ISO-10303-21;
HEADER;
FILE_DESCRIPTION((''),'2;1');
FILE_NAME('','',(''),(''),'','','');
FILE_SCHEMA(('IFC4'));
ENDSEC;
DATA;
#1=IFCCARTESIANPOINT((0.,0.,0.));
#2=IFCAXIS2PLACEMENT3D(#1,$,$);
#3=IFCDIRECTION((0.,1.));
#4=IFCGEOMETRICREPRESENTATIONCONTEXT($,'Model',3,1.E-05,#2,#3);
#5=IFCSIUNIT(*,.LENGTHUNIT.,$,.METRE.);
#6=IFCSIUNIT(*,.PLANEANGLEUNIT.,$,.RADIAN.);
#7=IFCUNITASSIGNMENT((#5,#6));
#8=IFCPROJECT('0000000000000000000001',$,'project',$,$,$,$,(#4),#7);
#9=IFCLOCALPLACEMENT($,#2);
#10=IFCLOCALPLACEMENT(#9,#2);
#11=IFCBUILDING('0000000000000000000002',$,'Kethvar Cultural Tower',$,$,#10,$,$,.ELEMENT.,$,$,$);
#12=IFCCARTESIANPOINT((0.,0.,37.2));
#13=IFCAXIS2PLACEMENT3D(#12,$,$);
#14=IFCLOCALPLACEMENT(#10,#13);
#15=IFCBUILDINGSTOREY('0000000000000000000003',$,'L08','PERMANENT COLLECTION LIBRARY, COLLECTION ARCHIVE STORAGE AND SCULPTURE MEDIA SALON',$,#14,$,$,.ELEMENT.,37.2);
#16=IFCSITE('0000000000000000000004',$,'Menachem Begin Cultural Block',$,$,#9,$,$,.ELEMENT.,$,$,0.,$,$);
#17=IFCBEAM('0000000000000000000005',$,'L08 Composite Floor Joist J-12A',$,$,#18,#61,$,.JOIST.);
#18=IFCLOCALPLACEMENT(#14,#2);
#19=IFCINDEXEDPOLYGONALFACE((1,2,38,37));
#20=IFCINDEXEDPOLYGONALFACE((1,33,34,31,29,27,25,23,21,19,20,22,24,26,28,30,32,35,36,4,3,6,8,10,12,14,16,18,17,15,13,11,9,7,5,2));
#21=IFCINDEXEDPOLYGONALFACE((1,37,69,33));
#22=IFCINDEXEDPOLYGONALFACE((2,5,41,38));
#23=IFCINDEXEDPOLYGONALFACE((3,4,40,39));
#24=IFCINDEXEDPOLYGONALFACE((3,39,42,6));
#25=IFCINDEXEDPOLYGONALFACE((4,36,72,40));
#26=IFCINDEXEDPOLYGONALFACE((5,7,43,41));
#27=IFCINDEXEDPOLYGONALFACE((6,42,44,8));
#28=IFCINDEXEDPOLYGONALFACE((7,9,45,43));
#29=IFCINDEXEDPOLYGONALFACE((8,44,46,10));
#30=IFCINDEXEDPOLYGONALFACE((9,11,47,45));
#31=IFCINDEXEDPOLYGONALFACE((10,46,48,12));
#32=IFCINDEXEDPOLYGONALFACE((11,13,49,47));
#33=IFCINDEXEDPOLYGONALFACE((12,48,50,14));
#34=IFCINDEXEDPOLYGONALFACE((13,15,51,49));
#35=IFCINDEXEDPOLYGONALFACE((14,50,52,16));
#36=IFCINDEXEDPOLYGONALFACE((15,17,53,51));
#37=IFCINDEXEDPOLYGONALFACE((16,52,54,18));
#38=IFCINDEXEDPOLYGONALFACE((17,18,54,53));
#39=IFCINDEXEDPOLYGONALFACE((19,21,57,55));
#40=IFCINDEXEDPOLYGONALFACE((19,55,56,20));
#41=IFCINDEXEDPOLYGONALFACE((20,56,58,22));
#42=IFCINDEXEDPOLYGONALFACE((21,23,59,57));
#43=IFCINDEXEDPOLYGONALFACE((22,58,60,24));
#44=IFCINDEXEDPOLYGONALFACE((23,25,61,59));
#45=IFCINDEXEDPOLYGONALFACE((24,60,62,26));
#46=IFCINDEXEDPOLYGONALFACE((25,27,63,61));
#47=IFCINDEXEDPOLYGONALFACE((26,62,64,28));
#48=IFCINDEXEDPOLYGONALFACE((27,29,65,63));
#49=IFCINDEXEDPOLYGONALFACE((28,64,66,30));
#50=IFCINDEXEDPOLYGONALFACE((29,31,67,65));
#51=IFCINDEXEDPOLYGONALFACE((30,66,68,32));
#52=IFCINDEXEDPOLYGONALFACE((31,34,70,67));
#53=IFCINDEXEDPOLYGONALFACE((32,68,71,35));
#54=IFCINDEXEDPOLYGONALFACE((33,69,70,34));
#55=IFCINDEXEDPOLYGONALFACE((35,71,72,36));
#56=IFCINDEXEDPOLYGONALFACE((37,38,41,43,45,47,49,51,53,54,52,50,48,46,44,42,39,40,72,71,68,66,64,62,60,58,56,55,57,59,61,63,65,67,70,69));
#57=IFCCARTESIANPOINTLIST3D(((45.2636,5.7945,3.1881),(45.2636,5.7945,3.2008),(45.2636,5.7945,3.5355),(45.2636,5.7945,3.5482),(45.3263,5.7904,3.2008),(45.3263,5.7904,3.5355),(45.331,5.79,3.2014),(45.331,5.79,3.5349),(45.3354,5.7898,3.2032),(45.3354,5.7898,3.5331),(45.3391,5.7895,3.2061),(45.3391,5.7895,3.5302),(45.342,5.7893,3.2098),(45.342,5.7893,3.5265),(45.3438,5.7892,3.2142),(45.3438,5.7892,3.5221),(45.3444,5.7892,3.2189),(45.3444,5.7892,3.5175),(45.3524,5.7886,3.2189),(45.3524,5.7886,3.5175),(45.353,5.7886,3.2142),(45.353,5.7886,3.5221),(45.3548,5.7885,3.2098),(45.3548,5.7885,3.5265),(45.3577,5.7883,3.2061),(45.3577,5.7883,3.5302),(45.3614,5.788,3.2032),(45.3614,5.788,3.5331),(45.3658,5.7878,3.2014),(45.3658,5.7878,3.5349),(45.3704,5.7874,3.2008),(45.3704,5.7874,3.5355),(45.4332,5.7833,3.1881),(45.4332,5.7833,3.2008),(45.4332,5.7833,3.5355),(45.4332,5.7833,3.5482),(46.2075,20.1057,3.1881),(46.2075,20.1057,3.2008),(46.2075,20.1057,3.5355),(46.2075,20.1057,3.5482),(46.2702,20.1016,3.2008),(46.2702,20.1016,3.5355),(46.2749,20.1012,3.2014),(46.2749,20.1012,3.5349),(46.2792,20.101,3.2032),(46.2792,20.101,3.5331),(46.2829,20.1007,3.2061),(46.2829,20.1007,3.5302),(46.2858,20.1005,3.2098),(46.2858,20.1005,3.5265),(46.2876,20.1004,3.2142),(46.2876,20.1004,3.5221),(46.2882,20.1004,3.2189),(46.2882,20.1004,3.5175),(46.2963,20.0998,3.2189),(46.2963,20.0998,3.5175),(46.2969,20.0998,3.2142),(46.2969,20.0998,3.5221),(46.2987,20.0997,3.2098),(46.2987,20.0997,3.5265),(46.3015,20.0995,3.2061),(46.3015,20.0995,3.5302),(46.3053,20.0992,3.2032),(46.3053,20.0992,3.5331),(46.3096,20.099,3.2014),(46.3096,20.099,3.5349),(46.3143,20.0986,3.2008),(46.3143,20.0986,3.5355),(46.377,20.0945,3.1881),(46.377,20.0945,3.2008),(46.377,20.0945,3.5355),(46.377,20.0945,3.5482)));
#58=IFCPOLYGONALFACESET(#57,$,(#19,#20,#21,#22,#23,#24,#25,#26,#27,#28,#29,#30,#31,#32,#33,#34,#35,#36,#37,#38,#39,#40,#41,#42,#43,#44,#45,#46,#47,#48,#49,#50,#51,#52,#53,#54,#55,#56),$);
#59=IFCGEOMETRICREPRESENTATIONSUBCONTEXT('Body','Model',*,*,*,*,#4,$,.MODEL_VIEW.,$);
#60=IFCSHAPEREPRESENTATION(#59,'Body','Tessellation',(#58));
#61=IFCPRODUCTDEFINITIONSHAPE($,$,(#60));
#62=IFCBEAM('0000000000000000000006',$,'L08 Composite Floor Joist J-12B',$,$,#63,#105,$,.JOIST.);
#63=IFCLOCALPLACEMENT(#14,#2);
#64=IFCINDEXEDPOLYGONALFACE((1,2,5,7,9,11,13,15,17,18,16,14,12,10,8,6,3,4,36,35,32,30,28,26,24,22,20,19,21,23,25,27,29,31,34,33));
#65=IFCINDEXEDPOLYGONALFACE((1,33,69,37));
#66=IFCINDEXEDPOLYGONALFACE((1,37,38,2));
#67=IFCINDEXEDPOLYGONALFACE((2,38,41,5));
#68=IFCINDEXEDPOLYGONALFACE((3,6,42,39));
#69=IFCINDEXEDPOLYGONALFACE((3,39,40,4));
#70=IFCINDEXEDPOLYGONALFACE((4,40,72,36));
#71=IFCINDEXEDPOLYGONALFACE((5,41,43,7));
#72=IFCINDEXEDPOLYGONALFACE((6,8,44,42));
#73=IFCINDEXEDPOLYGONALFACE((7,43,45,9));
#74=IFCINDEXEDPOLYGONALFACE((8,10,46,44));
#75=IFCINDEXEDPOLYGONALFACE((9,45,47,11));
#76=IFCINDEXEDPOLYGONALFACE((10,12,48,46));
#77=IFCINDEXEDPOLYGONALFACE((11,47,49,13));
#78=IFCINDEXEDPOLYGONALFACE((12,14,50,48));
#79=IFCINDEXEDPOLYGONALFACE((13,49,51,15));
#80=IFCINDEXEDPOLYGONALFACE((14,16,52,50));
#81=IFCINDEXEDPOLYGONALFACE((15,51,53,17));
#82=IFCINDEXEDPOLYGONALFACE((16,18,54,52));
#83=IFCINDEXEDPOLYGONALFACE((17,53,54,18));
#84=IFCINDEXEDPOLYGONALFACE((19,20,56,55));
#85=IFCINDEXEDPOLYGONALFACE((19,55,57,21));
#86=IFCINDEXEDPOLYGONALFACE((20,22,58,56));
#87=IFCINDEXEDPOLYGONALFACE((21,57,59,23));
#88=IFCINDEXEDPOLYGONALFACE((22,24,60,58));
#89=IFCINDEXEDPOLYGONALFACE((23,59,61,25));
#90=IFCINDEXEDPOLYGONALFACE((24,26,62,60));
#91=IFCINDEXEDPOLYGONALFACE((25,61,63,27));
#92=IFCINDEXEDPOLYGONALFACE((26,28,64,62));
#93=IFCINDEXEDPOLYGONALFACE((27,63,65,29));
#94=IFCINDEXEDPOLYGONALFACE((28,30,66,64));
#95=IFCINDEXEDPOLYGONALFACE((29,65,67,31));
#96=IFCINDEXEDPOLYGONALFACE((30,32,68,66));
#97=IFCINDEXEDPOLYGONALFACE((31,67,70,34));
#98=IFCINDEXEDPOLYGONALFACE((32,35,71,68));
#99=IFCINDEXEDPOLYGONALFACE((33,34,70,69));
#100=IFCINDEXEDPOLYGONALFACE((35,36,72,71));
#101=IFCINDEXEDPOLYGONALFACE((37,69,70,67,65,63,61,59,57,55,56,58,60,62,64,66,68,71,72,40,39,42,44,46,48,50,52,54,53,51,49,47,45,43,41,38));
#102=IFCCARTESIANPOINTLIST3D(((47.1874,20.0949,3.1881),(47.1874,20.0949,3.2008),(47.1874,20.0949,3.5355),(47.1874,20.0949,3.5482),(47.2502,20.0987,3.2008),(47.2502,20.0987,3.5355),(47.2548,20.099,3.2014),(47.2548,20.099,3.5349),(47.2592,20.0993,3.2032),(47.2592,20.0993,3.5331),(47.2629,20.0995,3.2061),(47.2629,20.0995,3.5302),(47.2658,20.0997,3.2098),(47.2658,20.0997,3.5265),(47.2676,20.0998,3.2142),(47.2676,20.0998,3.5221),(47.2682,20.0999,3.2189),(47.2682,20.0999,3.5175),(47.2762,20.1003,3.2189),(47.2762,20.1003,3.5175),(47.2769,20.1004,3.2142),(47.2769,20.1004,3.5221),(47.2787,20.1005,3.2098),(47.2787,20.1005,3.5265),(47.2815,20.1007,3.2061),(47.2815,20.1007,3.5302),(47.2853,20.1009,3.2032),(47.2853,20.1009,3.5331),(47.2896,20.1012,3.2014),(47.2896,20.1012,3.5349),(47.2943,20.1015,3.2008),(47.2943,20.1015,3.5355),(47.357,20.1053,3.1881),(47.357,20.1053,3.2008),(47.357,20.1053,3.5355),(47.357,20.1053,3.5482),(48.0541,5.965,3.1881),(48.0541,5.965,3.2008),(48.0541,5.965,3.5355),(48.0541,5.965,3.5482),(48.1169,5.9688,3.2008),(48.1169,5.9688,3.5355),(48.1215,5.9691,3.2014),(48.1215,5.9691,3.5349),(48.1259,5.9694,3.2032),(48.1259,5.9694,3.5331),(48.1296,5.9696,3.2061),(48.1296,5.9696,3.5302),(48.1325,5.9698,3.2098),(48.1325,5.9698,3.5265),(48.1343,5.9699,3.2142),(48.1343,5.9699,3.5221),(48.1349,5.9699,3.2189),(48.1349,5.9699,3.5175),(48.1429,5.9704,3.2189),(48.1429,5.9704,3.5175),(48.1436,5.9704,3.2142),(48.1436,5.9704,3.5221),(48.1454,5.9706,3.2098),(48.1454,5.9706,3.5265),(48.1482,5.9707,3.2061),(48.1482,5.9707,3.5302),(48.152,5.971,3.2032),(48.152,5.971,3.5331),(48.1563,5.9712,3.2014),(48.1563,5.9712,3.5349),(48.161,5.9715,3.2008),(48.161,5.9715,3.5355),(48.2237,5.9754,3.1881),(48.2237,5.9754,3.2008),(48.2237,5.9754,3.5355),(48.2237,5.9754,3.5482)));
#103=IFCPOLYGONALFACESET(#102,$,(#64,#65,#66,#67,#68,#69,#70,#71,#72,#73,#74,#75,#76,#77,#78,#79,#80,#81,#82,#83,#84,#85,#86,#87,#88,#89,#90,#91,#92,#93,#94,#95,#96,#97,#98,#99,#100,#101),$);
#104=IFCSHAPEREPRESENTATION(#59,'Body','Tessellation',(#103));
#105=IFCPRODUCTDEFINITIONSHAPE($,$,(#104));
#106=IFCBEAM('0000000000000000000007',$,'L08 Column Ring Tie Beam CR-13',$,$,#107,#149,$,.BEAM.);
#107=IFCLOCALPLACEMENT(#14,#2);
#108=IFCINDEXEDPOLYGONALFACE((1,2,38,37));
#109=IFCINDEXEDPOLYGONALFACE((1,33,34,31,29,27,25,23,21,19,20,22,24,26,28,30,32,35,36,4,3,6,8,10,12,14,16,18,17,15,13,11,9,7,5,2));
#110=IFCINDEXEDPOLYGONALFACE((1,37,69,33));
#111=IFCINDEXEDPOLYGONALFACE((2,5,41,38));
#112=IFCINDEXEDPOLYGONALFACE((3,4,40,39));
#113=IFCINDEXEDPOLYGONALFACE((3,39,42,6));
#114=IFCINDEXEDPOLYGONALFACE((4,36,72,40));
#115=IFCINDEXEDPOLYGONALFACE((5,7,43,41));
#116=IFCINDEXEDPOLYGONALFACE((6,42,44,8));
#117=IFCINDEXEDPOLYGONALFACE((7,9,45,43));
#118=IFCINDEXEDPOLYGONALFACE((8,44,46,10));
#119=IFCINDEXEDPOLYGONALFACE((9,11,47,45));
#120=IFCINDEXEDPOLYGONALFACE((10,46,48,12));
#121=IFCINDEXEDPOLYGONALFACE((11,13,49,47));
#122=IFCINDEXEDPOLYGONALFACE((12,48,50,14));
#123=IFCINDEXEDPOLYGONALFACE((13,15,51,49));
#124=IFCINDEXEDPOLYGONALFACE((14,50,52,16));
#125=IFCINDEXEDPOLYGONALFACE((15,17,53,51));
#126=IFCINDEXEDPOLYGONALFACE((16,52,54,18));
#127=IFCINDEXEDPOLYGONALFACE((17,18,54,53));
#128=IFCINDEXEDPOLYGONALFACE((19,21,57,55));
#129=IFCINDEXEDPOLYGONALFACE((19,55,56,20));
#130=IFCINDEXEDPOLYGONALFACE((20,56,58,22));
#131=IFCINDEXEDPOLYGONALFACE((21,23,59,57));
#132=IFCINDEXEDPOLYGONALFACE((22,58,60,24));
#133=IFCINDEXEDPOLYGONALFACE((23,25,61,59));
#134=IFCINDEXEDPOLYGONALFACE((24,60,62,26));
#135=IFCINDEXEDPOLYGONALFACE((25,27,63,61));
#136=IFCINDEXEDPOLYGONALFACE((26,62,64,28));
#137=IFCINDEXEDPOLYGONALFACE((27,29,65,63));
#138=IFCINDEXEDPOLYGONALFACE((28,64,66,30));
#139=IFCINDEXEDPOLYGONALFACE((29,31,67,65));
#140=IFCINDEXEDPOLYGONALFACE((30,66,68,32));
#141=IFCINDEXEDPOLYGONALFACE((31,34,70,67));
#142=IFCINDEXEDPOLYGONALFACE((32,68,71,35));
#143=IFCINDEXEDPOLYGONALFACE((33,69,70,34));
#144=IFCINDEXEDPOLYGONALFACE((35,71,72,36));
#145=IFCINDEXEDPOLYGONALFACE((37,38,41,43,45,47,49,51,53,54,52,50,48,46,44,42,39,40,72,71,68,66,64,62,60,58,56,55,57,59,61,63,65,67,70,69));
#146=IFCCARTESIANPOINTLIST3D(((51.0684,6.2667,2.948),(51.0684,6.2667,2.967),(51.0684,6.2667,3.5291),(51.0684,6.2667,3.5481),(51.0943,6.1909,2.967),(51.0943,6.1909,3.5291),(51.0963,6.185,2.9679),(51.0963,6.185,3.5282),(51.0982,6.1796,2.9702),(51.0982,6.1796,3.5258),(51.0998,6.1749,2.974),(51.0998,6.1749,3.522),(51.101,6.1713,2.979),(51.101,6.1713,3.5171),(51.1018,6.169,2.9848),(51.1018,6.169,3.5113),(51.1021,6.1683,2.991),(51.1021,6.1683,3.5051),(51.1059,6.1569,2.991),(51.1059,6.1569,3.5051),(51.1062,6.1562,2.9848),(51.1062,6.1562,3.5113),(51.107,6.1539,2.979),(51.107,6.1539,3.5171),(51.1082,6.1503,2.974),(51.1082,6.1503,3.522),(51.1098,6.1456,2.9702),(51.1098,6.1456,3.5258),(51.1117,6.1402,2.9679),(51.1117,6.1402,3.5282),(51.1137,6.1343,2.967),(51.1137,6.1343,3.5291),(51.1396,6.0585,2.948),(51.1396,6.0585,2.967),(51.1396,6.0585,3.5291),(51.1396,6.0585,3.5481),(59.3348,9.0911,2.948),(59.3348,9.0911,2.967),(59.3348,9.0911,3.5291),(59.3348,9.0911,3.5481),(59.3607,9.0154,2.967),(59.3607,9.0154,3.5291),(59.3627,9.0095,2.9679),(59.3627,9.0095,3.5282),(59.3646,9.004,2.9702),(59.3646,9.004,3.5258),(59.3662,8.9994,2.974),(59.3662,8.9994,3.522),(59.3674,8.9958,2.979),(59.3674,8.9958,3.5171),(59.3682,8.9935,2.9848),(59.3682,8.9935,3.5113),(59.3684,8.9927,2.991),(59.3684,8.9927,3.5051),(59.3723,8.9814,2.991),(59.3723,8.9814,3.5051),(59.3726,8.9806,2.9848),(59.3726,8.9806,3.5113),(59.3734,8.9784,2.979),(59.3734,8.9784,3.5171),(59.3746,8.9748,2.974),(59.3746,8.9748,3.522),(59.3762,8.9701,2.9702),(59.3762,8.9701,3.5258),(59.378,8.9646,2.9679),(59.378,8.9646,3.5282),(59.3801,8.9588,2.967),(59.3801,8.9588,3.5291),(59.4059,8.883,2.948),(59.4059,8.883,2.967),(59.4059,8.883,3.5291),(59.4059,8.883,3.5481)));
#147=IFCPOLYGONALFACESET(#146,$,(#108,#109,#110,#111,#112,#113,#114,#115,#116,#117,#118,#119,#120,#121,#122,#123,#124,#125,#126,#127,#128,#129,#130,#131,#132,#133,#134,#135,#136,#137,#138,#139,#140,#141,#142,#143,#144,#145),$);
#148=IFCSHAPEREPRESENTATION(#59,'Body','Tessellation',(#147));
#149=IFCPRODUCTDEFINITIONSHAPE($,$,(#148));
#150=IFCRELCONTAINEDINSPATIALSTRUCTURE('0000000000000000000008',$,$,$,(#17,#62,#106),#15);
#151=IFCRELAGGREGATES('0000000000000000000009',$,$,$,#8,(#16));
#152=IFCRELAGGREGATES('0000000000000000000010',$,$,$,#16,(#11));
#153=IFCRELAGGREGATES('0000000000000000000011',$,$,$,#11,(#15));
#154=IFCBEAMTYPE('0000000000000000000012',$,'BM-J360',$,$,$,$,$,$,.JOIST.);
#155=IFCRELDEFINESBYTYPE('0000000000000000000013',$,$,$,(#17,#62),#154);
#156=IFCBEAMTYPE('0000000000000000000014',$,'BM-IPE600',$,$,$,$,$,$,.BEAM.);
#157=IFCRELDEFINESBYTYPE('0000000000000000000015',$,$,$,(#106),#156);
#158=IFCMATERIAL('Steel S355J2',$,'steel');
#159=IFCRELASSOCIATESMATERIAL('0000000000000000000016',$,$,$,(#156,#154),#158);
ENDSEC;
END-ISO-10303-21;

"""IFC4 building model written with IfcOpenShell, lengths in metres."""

from ifc_helpers import new_model, si_unit, direction, frame, origin, origin_2d, place, context, subcontext, project, spatial, i_section, extrude, source, transform, mapped, material, material_profile, profile_set, type_object, element, save


model = new_model("IFC4")

# Units and contexts
model_context = context("Model", 3, precision=1e-05, world=origin(), true_north=direction((0.0, 1.0)))
body_context = subcontext(model_context, "Body", "Model", "MODEL_VIEW")
ifc_project = project(units=[si_unit("LENGTHUNIT", "METRE"), si_unit("PLANEANGLEUNIT", "RADIAN")], contexts=[model_context])

# Site, building, storey
site_placement = place(None, origin())
site = spatial("IfcSite", under=ifc_project, at=site_placement, Name="Menachem Begin Cultural Block", CompositionType="ELEMENT", RefElevation=0.0)
building_placement = place(site_placement, origin())
building = spatial("IfcBuilding", under=site, at=building_placement, Name="Kethvar Cultural Tower", CompositionType="ELEMENT")
storey_placement = place(building_placement, frame((0.0, 0.0, 37.2)))
storey = spatial("IfcBuildingStorey", under=building, at=storey_placement, Name="L08", Description="PERMANENT COLLECTION LIBRARY, COLLECTION ARCHIVE STORAGE AND SCULPTURE MEDIA SALON", CompositionType="ELEMENT", Elevation=37.2)

# Beams
ifc_material_1 = material(Name="Steel S355J2", Category="steel")
ifc_material_profile_1 = material_profile(ifc_material_1, i_section(OverallWidth=0.22, OverallDepth=0.6001, WebThickness=0.012, FlangeThickness=0.019, FilletRadius=0.0239, at=origin_2d()), Name="Steel S355J2 — IPE600")
ifc_profile_set_1 = profile_set([ifc_material_profile_1], Name="Steel S355J2 — IPE600")
beam_type_1 = type_object("IfcBeamType", Name="BM-IPE600", PredefinedType="BEAM", material=ifc_profile_set_1)
ifc_material_profile_2 = material_profile(ifc_material_1, i_section(OverallWidth=0.1699, OverallDepth=0.3601, WebThickness=0.0081, FlangeThickness=0.0127, FilletRadius=0.0181, at=origin_2d()), Name="Steel S355J2 — IPE360")
ifc_profile_set_2 = profile_set([ifc_material_profile_2], Name="Steel S355J2 — IPE360")
beam_type_2 = type_object("IfcBeamType", Name="BM-J360", PredefinedType="JOIST", material=ifc_profile_set_2)
shared_shape_1 = source(origin(), body_context, "Body", "SweptSolid", [
    extrude(i_section(OverallWidth=0.1699, OverallDepth=0.3601, WebThickness=0.0081, FlangeThickness=0.0127, FilletRadius=0.0181, at=origin_2d()), origin(), (0.0, 0.0, 1.0), 14.3423),
])
beam_1_placement = place(storey_placement, frame((46.2922, 20.1001, 3.3682), z_axis=(-0.065808, -0.997832, 0.0), x_axis=(0.997832, -0.065808, 0.0)))
element("IfcBeam", 1, at=beam_1_placement, inside=storey, type_object=beam_type_2, Name="L08 Composite Floor Joist J-12A", PredefinedType="JOIST", context=body_context, shape_type="MappedRepresentation", body=[
    mapped(shared_shape_1, transform((0.0, 0.0, 0.0), scale=1.0)),
])
shared_shape_2 = source(origin(), body_context, "Body", "SweptSolid", [
    extrude(i_section(OverallWidth=0.1699, OverallDepth=0.3601, WebThickness=0.0081, FlangeThickness=0.0127, FilletRadius=0.0181, at=origin_2d()), origin(), (0.0, 0.0, 1.0), 14.1565),
])
beam_2_placement = place(storey_placement, frame((47.2722, 20.1001, 3.3682), z_axis=(0.061223, -0.998124, 0.0), x_axis=(0.998124, 0.061223, 0.0)))
element("IfcBeam", 2, at=beam_2_placement, inside=storey, type_object=beam_type_2, Name="L08 Composite Floor Joist J-12B", PredefinedType="JOIST", context=body_context, shape_type="MappedRepresentation", body=[
    mapped(shared_shape_2, transform((0.0, 0.0, 0.0), scale=1.0)),
])
shared_shape_3 = source(origin(), body_context, "Body", "SweptSolid", [
    extrude(i_section(OverallWidth=0.22, OverallDepth=0.6001, WebThickness=0.012, FlangeThickness=0.019, FilletRadius=0.0239, at=origin_2d()), origin(), (0.0, 0.0, 1.0), 8.7356),
])
beam_3_placement = place(storey_placement, frame((51.104, 6.1626, 3.248), z_axis=(0.946287, 0.323329, 0.0), x_axis=(-0.323329, 0.946287, 0.0)))
element("IfcBeam", 3, at=beam_3_placement, inside=storey, type_object=beam_type_1, Name="L08 Column Ring Tie Beam CR-13", PredefinedType="BEAM", context=body_context, shape_type="MappedRepresentation", body=[
    mapped(shared_shape_3, transform((0.0, 0.0, 0.0), scale=1.0)),
])

save(model, "model.ifc")
